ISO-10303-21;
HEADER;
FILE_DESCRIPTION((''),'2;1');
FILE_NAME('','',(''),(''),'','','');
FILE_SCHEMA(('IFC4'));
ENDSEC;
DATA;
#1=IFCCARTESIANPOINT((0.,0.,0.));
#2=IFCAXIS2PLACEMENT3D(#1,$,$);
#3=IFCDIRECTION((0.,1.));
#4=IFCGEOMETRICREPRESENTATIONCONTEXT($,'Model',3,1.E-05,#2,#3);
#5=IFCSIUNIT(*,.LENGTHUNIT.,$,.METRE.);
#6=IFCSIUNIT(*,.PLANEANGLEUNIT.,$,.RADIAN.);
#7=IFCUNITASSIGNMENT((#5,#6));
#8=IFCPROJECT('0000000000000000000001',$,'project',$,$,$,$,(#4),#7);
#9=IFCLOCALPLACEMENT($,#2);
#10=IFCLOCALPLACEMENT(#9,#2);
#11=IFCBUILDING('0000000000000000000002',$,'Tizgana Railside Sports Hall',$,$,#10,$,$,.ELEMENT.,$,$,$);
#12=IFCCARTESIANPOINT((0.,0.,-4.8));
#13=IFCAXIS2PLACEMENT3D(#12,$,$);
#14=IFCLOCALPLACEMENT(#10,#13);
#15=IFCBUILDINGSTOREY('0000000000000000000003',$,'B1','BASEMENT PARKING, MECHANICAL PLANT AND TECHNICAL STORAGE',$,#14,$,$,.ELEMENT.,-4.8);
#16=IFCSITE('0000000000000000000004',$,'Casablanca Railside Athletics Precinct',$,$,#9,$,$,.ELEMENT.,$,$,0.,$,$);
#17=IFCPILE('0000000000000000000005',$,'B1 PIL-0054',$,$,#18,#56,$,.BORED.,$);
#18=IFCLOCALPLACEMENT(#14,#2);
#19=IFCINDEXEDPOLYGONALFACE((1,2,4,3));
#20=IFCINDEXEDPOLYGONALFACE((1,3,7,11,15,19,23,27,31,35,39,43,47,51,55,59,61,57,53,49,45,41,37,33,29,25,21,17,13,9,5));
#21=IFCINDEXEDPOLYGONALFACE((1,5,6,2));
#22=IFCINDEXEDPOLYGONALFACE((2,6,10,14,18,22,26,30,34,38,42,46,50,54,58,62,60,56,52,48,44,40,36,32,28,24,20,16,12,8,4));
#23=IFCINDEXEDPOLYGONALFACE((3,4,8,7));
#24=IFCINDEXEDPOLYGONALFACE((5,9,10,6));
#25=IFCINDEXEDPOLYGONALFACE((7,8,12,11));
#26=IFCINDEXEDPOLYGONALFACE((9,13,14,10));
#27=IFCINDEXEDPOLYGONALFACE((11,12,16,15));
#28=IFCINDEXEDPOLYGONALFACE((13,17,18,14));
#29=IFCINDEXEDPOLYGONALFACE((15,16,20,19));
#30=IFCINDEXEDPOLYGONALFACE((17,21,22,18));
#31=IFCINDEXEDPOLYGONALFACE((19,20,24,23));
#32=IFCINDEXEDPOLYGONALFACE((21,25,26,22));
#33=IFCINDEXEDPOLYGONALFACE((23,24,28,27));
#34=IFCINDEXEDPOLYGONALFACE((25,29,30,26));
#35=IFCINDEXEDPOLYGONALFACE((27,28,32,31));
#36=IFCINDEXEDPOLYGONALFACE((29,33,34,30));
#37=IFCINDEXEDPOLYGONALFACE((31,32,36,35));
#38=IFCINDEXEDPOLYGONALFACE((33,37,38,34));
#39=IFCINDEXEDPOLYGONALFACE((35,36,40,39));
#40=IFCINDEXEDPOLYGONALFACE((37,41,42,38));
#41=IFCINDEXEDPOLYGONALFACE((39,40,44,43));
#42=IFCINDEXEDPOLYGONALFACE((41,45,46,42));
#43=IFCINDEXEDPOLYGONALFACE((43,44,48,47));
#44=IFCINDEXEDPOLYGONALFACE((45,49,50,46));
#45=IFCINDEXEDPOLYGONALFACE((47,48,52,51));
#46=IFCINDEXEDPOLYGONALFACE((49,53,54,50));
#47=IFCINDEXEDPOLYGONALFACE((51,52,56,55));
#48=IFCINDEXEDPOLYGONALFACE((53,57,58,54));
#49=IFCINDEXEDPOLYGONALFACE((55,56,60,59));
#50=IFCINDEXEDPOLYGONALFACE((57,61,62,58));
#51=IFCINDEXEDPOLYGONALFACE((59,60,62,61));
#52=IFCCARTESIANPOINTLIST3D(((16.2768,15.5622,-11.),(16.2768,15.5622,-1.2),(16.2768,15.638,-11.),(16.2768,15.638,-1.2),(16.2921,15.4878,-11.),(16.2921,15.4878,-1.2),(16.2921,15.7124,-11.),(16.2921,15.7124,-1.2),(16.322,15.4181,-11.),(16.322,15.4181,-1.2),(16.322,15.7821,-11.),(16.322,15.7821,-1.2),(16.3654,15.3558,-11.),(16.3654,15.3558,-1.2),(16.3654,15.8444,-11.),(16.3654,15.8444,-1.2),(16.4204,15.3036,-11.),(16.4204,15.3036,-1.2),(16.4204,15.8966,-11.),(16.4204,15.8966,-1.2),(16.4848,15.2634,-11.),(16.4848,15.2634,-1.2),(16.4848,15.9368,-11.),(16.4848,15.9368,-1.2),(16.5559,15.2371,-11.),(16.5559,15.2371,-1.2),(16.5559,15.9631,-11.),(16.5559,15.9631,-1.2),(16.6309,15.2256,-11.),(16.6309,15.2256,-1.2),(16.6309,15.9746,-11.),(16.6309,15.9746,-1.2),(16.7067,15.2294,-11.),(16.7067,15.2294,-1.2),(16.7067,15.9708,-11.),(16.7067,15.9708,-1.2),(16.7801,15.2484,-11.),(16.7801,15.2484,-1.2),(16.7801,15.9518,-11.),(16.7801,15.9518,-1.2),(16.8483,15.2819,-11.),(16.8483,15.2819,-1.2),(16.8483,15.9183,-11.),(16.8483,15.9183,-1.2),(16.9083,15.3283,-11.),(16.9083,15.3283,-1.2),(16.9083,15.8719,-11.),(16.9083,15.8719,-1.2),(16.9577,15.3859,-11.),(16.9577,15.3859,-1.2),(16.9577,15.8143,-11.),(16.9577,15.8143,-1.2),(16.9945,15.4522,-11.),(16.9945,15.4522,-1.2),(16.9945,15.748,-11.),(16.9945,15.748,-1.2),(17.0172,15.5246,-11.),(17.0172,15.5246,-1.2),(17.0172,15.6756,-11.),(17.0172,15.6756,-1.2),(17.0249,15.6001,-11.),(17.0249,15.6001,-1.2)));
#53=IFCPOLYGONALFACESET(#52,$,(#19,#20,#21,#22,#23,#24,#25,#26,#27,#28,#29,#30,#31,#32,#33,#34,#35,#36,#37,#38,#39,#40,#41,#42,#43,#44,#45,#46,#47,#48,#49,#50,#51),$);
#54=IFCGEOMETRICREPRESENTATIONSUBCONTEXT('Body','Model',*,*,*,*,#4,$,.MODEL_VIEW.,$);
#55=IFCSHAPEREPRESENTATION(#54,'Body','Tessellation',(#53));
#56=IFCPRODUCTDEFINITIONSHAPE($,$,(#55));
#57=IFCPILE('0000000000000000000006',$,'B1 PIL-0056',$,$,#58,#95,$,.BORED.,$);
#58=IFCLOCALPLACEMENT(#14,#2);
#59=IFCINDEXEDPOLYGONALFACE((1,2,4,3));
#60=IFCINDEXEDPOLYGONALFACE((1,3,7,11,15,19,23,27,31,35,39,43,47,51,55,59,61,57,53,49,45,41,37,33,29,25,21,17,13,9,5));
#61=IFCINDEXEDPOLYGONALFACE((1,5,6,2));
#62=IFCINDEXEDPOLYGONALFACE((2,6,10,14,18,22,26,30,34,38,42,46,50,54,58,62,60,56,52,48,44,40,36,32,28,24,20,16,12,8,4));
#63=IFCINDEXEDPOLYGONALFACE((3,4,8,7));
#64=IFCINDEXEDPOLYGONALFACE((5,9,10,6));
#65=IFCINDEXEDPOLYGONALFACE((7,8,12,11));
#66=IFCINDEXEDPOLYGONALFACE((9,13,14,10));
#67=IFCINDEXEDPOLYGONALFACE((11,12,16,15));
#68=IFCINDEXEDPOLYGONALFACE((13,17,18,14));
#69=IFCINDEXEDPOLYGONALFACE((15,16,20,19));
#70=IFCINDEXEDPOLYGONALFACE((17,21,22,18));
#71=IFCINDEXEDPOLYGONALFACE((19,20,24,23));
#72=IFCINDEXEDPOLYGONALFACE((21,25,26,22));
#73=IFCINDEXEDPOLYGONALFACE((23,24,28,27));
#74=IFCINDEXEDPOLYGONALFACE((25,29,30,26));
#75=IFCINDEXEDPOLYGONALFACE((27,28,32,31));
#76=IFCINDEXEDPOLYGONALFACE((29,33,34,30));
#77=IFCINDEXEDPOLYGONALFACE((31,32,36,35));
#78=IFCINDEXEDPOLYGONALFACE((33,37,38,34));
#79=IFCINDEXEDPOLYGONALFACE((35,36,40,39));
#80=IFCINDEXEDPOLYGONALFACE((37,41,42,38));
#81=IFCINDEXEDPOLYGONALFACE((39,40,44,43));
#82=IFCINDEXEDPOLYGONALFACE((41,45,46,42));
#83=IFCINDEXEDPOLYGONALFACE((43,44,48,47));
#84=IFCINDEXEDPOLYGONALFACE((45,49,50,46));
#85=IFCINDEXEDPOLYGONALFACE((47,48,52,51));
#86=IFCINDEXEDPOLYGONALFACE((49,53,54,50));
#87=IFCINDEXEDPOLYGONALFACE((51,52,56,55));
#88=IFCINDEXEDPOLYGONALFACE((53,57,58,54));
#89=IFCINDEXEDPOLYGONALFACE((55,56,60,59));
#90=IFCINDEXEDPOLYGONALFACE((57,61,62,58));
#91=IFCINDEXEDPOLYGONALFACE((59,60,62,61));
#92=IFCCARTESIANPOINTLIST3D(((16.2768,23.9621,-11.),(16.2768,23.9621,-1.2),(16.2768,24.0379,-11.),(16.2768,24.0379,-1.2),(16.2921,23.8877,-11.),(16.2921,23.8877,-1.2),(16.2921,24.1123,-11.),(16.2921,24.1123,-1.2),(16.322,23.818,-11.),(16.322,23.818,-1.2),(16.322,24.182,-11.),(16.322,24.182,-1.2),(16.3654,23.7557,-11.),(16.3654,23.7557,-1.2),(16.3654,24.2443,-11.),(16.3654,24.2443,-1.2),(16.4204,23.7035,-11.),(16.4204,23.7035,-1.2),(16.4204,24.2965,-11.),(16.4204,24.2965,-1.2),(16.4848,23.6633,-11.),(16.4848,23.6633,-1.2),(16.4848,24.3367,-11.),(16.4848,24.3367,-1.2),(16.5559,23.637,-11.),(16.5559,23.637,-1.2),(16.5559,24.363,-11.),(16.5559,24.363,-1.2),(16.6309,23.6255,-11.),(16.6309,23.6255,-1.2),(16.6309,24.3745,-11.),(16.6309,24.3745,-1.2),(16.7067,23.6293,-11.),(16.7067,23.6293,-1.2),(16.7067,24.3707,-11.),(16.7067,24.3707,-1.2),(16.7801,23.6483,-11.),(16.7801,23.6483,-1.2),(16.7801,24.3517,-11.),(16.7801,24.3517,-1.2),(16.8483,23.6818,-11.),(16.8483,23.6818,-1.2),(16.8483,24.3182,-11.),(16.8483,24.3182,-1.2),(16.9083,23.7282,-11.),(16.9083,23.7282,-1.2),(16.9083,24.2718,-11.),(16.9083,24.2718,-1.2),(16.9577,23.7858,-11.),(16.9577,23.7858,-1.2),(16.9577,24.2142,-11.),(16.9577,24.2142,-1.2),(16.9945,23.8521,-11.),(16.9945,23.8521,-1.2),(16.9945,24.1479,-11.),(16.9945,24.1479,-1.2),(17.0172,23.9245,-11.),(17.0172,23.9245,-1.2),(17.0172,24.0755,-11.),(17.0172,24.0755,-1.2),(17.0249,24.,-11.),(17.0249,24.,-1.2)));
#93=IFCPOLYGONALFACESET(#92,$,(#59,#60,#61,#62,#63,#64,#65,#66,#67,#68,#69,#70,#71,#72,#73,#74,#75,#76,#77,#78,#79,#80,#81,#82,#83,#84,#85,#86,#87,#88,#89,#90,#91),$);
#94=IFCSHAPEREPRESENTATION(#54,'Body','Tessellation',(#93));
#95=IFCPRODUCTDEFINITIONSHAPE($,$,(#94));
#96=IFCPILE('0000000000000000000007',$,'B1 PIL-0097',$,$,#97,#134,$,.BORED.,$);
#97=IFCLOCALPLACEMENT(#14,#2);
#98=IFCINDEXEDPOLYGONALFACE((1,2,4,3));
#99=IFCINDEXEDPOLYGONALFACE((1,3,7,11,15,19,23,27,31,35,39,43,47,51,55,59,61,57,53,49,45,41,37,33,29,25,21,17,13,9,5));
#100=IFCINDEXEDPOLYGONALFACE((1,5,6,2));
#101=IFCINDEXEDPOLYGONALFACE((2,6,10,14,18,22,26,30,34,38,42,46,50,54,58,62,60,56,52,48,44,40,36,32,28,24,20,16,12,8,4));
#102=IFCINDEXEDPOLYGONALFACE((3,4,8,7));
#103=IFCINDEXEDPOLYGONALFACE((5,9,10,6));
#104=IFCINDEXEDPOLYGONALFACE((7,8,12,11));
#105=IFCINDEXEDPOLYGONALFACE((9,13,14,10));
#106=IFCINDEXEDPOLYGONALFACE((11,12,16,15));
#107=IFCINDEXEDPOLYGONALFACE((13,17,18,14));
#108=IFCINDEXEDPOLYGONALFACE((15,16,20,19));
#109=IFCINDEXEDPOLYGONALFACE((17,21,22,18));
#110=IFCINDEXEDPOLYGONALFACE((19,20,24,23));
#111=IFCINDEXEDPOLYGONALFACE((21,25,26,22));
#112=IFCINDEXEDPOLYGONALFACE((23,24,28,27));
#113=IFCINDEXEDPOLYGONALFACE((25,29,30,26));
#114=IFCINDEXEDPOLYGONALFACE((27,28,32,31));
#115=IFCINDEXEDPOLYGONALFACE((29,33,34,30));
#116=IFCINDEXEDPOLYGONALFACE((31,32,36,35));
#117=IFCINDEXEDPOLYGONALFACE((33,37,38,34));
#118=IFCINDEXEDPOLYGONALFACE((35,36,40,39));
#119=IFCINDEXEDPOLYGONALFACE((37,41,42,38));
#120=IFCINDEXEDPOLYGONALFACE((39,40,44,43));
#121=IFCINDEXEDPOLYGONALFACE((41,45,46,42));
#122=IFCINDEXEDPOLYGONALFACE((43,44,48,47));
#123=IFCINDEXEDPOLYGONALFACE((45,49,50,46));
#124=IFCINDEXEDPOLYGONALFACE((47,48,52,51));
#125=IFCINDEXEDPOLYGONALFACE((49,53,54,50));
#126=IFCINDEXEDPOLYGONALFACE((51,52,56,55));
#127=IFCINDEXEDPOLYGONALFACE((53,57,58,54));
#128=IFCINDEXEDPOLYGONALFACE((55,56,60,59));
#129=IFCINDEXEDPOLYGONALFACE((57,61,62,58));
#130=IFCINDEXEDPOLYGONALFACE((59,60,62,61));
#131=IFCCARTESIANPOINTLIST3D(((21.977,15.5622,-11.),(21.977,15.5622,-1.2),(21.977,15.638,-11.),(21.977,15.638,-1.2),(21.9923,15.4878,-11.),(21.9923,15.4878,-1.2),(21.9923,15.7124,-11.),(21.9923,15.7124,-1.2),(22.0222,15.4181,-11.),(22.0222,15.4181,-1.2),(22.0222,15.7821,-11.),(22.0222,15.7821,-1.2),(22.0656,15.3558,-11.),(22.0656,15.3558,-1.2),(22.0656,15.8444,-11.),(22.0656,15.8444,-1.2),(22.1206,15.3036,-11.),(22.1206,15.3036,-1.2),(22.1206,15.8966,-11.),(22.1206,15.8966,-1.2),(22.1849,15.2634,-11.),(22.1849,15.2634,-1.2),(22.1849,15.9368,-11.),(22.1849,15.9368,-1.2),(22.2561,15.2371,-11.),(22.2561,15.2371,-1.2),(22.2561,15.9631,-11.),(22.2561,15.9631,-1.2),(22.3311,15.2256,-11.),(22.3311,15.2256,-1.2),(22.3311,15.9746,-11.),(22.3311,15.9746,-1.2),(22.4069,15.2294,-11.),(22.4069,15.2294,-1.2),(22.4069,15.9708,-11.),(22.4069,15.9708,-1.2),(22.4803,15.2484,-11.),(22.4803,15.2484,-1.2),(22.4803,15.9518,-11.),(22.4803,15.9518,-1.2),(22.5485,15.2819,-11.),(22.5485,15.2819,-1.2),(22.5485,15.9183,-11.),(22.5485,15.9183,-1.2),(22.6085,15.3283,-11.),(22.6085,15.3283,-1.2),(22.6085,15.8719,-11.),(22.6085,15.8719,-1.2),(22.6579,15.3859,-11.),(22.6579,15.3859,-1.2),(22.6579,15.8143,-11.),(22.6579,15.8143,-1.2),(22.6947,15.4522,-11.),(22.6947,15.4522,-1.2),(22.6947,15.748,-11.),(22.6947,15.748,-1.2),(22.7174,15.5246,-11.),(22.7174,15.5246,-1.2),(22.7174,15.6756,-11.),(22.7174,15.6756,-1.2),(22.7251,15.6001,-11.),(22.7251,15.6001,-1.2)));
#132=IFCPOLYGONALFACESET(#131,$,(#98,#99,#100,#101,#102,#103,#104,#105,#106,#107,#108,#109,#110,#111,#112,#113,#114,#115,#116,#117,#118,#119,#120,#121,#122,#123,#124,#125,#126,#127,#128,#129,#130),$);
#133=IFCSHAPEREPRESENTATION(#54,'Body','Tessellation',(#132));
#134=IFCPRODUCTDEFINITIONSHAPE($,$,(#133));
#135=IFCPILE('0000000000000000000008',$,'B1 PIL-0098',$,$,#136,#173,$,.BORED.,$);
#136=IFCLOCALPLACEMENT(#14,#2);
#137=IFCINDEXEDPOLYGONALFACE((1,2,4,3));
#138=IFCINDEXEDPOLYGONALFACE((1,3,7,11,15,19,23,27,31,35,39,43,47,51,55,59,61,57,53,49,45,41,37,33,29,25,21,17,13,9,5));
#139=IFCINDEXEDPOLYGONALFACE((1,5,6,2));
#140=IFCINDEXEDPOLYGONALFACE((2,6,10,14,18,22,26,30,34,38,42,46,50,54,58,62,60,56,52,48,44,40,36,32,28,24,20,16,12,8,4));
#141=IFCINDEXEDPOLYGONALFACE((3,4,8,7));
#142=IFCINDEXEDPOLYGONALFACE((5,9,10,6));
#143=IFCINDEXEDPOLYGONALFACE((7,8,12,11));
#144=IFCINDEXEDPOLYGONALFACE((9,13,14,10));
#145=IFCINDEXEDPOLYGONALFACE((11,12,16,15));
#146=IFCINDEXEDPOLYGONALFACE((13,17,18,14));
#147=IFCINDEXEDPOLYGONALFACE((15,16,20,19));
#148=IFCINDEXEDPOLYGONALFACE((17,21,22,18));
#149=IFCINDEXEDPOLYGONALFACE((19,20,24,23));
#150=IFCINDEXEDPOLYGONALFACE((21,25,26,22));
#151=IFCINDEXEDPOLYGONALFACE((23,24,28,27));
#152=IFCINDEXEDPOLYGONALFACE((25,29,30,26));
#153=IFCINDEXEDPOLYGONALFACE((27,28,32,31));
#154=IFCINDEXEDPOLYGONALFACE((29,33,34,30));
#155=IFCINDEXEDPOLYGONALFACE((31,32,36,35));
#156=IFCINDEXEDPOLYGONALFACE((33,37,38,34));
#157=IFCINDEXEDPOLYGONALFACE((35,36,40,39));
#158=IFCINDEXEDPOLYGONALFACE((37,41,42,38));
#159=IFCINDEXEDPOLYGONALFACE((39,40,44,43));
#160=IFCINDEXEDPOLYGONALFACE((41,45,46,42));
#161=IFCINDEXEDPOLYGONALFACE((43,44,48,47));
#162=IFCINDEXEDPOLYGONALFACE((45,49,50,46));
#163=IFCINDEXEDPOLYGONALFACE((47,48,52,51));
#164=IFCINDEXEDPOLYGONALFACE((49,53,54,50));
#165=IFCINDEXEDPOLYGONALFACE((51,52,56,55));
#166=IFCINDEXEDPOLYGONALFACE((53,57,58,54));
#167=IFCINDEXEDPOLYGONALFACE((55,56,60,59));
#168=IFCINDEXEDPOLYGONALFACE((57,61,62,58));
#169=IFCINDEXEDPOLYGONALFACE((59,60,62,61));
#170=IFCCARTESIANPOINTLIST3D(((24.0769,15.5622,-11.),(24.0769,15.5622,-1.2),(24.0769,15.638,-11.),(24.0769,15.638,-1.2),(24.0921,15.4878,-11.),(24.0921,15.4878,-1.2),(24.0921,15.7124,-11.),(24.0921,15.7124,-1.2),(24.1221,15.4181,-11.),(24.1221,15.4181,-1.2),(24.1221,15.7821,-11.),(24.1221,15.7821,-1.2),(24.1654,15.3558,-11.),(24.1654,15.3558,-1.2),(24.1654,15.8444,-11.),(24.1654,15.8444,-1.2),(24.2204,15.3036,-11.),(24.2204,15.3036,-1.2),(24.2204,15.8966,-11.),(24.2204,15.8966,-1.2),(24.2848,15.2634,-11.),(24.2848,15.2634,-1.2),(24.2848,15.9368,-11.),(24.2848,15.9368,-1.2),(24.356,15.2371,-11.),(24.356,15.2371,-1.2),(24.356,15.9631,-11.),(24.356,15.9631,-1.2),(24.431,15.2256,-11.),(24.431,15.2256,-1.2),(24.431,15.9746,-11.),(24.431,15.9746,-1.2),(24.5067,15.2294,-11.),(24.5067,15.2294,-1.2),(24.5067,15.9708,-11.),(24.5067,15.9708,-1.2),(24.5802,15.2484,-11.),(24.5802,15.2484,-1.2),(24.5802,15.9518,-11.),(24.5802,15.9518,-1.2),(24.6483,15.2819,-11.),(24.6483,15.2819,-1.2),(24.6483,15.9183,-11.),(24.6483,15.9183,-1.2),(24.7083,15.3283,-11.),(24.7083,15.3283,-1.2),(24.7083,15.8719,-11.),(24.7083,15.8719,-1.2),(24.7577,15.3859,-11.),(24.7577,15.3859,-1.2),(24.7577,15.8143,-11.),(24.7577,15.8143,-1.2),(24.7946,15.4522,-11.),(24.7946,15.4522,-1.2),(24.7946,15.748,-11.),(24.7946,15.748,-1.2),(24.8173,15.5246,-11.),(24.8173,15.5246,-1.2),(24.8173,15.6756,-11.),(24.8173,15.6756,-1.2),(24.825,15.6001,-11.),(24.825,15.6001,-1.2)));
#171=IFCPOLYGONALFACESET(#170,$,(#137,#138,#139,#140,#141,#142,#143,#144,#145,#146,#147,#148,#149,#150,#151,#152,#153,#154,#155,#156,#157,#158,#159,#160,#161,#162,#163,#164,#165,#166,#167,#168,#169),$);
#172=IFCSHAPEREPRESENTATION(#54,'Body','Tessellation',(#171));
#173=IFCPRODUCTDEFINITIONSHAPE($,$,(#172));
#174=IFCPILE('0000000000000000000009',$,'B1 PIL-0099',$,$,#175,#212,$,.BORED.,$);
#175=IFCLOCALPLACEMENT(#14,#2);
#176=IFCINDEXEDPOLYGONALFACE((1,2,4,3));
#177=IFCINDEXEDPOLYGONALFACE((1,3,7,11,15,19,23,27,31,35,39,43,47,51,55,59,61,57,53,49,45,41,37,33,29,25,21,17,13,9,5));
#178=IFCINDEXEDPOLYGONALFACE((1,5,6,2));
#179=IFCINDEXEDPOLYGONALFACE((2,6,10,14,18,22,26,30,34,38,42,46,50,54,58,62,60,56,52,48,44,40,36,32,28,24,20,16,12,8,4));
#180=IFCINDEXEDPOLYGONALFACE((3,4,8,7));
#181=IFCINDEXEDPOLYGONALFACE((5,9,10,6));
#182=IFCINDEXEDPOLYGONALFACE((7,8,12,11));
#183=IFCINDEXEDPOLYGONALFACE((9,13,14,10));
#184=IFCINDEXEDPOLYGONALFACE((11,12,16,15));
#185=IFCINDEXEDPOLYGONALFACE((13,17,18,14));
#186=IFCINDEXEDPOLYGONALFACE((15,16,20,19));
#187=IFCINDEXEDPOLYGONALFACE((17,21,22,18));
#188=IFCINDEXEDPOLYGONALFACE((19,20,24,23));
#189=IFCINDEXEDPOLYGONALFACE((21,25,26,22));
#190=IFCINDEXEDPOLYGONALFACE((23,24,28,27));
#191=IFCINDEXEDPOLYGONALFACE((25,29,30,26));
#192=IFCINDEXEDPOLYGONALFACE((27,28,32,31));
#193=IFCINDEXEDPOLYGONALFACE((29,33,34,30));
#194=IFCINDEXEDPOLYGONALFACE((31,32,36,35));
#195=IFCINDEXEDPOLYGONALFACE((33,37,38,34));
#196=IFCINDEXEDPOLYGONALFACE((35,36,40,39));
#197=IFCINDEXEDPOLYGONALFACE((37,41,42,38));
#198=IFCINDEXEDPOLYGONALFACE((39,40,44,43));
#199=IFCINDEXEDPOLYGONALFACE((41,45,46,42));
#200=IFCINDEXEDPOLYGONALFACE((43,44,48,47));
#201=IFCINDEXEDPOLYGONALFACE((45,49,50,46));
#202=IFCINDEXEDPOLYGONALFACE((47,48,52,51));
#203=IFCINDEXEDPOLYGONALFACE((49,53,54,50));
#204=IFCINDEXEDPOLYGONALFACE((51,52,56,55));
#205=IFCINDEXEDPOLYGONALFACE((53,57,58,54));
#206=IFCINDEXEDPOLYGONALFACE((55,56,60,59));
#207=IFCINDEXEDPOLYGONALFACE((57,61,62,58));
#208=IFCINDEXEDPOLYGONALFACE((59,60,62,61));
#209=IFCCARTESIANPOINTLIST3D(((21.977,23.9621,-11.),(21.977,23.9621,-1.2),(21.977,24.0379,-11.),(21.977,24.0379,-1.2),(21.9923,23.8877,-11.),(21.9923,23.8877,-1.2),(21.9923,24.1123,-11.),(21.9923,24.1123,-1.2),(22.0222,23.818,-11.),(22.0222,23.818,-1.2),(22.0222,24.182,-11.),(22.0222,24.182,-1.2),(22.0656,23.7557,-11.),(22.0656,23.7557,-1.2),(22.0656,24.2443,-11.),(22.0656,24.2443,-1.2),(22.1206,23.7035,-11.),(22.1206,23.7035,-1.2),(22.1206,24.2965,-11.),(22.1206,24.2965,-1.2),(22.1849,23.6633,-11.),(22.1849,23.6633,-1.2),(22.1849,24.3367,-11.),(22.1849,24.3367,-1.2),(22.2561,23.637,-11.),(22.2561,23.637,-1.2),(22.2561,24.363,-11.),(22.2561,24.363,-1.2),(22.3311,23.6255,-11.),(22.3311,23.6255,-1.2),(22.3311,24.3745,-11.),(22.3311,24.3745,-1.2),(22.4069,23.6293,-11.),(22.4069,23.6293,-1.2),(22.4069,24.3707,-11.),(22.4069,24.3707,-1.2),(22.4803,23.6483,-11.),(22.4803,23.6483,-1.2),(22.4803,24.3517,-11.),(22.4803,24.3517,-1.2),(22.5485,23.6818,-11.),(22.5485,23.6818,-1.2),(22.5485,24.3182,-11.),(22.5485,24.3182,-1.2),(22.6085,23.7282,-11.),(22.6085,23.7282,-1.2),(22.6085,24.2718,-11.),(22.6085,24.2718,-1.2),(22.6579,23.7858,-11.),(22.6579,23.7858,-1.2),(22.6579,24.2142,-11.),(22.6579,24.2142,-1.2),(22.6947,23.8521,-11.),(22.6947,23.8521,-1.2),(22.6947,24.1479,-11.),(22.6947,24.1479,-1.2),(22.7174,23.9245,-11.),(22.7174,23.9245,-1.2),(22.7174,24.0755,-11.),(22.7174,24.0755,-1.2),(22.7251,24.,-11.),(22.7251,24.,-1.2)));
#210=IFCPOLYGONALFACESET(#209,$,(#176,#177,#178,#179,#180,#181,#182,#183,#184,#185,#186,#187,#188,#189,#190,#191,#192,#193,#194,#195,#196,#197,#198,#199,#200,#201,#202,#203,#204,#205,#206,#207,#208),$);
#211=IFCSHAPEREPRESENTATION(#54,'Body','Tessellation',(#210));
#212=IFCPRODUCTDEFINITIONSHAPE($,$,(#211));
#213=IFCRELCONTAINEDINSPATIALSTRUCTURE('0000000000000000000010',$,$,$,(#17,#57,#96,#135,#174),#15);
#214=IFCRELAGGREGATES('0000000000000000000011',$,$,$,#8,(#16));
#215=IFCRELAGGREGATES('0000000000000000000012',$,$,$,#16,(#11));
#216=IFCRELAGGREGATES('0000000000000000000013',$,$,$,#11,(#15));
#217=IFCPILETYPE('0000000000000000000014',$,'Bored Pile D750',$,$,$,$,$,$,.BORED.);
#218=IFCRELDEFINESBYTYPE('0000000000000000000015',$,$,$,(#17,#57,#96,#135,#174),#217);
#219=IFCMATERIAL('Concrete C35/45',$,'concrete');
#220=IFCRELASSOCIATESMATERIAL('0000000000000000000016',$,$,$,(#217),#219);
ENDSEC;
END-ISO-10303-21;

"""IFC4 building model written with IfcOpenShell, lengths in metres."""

from ifc_helpers import new_model, si_unit, direction, frame, origin, origin_2d, place, context, subcontext, project, spatial, circle, extrude, material, material_profile, profile_set, type_object, element, save


model = new_model("IFC4")

# Units and contexts
model_context = context("Model", 3, precision=1e-05, world=origin(), true_north=direction((0.0, 1.0)))
body_context = subcontext(model_context, "Body", "Model", "MODEL_VIEW")
ifc_project = project(units=[si_unit("LENGTHUNIT", "METRE"), si_unit("PLANEANGLEUNIT", "RADIAN")], contexts=[model_context])

# Site, building, storey
site_placement = place(None, origin())
site = spatial("IfcSite", under=ifc_project, at=site_placement, Name="Casablanca Railside Athletics Precinct", CompositionType="ELEMENT", RefElevation=0.0)
building_placement = place(site_placement, origin())
building = spatial("IfcBuilding", under=site, at=building_placement, Name="Tizgana Railside Sports Hall", CompositionType="ELEMENT")
storey_placement = place(building_placement, frame((0.0, 0.0, -4.8)))
storey = spatial("IfcBuildingStorey", under=building, at=storey_placement, Name="B1", Description="BASEMENT PARKING, MECHANICAL PLANT AND TECHNICAL STORAGE", CompositionType="ELEMENT", Elevation=-4.8)

# Piles
ifc_material_1 = material(Name="Concrete C35/45", Category="concrete")
ifc_material_profile_1 = material_profile(ifc_material_1, circle(Radius=0.375, at=origin_2d()), Name="PILE D750")
ifc_profile_set_1 = profile_set([ifc_material_profile_1], Name="Concrete C35/45")
pile_type = type_object("IfcPileType", Name="Bored Pile D750", PredefinedType="BORED", material=ifc_profile_set_1)
for number, where, z_axis, x_axis, name in (
    (1, (16.6499, 15.6001, -1.2), (0.0, 0.0, -1.0), (1.0, 0.0, 0.0), "B1 PIL-0054"),
    (2, (16.6499, 24.0, -1.2), (0.0, 0.0, -1.0), (1.0, 0.0, 0.0), "B1 PIL-0056"),
    (3, (22.3501, 15.6001, -1.2), (0.0, 0.0, -1.0), (1.0, 0.0, 0.0), "B1 PIL-0097"),
    (4, (24.45, 15.6001, -1.2), (0.0, 0.0, -1.0), (1.0, 0.0, 0.0), "B1 PIL-0098"),
    (5, (22.3501, 24.0, -1.2), (0.0, 0.0, -1.0), (1.0, 0.0, 0.0), "B1 PIL-0099"),
):
    element("IfcPile", number, at=place(storey_placement, frame(where, z_axis=z_axis, x_axis=x_axis)), inside=storey, type_object=pile_type, Name=name, PredefinedType="BORED", context=body_context, shape_type="SweptSolid", body=[
        extrude(circle(Radius=0.375, at=origin_2d()), origin(), (0.0, 0.0, 1.0), 9.8),
    ])

save(model, "model.ifc")
